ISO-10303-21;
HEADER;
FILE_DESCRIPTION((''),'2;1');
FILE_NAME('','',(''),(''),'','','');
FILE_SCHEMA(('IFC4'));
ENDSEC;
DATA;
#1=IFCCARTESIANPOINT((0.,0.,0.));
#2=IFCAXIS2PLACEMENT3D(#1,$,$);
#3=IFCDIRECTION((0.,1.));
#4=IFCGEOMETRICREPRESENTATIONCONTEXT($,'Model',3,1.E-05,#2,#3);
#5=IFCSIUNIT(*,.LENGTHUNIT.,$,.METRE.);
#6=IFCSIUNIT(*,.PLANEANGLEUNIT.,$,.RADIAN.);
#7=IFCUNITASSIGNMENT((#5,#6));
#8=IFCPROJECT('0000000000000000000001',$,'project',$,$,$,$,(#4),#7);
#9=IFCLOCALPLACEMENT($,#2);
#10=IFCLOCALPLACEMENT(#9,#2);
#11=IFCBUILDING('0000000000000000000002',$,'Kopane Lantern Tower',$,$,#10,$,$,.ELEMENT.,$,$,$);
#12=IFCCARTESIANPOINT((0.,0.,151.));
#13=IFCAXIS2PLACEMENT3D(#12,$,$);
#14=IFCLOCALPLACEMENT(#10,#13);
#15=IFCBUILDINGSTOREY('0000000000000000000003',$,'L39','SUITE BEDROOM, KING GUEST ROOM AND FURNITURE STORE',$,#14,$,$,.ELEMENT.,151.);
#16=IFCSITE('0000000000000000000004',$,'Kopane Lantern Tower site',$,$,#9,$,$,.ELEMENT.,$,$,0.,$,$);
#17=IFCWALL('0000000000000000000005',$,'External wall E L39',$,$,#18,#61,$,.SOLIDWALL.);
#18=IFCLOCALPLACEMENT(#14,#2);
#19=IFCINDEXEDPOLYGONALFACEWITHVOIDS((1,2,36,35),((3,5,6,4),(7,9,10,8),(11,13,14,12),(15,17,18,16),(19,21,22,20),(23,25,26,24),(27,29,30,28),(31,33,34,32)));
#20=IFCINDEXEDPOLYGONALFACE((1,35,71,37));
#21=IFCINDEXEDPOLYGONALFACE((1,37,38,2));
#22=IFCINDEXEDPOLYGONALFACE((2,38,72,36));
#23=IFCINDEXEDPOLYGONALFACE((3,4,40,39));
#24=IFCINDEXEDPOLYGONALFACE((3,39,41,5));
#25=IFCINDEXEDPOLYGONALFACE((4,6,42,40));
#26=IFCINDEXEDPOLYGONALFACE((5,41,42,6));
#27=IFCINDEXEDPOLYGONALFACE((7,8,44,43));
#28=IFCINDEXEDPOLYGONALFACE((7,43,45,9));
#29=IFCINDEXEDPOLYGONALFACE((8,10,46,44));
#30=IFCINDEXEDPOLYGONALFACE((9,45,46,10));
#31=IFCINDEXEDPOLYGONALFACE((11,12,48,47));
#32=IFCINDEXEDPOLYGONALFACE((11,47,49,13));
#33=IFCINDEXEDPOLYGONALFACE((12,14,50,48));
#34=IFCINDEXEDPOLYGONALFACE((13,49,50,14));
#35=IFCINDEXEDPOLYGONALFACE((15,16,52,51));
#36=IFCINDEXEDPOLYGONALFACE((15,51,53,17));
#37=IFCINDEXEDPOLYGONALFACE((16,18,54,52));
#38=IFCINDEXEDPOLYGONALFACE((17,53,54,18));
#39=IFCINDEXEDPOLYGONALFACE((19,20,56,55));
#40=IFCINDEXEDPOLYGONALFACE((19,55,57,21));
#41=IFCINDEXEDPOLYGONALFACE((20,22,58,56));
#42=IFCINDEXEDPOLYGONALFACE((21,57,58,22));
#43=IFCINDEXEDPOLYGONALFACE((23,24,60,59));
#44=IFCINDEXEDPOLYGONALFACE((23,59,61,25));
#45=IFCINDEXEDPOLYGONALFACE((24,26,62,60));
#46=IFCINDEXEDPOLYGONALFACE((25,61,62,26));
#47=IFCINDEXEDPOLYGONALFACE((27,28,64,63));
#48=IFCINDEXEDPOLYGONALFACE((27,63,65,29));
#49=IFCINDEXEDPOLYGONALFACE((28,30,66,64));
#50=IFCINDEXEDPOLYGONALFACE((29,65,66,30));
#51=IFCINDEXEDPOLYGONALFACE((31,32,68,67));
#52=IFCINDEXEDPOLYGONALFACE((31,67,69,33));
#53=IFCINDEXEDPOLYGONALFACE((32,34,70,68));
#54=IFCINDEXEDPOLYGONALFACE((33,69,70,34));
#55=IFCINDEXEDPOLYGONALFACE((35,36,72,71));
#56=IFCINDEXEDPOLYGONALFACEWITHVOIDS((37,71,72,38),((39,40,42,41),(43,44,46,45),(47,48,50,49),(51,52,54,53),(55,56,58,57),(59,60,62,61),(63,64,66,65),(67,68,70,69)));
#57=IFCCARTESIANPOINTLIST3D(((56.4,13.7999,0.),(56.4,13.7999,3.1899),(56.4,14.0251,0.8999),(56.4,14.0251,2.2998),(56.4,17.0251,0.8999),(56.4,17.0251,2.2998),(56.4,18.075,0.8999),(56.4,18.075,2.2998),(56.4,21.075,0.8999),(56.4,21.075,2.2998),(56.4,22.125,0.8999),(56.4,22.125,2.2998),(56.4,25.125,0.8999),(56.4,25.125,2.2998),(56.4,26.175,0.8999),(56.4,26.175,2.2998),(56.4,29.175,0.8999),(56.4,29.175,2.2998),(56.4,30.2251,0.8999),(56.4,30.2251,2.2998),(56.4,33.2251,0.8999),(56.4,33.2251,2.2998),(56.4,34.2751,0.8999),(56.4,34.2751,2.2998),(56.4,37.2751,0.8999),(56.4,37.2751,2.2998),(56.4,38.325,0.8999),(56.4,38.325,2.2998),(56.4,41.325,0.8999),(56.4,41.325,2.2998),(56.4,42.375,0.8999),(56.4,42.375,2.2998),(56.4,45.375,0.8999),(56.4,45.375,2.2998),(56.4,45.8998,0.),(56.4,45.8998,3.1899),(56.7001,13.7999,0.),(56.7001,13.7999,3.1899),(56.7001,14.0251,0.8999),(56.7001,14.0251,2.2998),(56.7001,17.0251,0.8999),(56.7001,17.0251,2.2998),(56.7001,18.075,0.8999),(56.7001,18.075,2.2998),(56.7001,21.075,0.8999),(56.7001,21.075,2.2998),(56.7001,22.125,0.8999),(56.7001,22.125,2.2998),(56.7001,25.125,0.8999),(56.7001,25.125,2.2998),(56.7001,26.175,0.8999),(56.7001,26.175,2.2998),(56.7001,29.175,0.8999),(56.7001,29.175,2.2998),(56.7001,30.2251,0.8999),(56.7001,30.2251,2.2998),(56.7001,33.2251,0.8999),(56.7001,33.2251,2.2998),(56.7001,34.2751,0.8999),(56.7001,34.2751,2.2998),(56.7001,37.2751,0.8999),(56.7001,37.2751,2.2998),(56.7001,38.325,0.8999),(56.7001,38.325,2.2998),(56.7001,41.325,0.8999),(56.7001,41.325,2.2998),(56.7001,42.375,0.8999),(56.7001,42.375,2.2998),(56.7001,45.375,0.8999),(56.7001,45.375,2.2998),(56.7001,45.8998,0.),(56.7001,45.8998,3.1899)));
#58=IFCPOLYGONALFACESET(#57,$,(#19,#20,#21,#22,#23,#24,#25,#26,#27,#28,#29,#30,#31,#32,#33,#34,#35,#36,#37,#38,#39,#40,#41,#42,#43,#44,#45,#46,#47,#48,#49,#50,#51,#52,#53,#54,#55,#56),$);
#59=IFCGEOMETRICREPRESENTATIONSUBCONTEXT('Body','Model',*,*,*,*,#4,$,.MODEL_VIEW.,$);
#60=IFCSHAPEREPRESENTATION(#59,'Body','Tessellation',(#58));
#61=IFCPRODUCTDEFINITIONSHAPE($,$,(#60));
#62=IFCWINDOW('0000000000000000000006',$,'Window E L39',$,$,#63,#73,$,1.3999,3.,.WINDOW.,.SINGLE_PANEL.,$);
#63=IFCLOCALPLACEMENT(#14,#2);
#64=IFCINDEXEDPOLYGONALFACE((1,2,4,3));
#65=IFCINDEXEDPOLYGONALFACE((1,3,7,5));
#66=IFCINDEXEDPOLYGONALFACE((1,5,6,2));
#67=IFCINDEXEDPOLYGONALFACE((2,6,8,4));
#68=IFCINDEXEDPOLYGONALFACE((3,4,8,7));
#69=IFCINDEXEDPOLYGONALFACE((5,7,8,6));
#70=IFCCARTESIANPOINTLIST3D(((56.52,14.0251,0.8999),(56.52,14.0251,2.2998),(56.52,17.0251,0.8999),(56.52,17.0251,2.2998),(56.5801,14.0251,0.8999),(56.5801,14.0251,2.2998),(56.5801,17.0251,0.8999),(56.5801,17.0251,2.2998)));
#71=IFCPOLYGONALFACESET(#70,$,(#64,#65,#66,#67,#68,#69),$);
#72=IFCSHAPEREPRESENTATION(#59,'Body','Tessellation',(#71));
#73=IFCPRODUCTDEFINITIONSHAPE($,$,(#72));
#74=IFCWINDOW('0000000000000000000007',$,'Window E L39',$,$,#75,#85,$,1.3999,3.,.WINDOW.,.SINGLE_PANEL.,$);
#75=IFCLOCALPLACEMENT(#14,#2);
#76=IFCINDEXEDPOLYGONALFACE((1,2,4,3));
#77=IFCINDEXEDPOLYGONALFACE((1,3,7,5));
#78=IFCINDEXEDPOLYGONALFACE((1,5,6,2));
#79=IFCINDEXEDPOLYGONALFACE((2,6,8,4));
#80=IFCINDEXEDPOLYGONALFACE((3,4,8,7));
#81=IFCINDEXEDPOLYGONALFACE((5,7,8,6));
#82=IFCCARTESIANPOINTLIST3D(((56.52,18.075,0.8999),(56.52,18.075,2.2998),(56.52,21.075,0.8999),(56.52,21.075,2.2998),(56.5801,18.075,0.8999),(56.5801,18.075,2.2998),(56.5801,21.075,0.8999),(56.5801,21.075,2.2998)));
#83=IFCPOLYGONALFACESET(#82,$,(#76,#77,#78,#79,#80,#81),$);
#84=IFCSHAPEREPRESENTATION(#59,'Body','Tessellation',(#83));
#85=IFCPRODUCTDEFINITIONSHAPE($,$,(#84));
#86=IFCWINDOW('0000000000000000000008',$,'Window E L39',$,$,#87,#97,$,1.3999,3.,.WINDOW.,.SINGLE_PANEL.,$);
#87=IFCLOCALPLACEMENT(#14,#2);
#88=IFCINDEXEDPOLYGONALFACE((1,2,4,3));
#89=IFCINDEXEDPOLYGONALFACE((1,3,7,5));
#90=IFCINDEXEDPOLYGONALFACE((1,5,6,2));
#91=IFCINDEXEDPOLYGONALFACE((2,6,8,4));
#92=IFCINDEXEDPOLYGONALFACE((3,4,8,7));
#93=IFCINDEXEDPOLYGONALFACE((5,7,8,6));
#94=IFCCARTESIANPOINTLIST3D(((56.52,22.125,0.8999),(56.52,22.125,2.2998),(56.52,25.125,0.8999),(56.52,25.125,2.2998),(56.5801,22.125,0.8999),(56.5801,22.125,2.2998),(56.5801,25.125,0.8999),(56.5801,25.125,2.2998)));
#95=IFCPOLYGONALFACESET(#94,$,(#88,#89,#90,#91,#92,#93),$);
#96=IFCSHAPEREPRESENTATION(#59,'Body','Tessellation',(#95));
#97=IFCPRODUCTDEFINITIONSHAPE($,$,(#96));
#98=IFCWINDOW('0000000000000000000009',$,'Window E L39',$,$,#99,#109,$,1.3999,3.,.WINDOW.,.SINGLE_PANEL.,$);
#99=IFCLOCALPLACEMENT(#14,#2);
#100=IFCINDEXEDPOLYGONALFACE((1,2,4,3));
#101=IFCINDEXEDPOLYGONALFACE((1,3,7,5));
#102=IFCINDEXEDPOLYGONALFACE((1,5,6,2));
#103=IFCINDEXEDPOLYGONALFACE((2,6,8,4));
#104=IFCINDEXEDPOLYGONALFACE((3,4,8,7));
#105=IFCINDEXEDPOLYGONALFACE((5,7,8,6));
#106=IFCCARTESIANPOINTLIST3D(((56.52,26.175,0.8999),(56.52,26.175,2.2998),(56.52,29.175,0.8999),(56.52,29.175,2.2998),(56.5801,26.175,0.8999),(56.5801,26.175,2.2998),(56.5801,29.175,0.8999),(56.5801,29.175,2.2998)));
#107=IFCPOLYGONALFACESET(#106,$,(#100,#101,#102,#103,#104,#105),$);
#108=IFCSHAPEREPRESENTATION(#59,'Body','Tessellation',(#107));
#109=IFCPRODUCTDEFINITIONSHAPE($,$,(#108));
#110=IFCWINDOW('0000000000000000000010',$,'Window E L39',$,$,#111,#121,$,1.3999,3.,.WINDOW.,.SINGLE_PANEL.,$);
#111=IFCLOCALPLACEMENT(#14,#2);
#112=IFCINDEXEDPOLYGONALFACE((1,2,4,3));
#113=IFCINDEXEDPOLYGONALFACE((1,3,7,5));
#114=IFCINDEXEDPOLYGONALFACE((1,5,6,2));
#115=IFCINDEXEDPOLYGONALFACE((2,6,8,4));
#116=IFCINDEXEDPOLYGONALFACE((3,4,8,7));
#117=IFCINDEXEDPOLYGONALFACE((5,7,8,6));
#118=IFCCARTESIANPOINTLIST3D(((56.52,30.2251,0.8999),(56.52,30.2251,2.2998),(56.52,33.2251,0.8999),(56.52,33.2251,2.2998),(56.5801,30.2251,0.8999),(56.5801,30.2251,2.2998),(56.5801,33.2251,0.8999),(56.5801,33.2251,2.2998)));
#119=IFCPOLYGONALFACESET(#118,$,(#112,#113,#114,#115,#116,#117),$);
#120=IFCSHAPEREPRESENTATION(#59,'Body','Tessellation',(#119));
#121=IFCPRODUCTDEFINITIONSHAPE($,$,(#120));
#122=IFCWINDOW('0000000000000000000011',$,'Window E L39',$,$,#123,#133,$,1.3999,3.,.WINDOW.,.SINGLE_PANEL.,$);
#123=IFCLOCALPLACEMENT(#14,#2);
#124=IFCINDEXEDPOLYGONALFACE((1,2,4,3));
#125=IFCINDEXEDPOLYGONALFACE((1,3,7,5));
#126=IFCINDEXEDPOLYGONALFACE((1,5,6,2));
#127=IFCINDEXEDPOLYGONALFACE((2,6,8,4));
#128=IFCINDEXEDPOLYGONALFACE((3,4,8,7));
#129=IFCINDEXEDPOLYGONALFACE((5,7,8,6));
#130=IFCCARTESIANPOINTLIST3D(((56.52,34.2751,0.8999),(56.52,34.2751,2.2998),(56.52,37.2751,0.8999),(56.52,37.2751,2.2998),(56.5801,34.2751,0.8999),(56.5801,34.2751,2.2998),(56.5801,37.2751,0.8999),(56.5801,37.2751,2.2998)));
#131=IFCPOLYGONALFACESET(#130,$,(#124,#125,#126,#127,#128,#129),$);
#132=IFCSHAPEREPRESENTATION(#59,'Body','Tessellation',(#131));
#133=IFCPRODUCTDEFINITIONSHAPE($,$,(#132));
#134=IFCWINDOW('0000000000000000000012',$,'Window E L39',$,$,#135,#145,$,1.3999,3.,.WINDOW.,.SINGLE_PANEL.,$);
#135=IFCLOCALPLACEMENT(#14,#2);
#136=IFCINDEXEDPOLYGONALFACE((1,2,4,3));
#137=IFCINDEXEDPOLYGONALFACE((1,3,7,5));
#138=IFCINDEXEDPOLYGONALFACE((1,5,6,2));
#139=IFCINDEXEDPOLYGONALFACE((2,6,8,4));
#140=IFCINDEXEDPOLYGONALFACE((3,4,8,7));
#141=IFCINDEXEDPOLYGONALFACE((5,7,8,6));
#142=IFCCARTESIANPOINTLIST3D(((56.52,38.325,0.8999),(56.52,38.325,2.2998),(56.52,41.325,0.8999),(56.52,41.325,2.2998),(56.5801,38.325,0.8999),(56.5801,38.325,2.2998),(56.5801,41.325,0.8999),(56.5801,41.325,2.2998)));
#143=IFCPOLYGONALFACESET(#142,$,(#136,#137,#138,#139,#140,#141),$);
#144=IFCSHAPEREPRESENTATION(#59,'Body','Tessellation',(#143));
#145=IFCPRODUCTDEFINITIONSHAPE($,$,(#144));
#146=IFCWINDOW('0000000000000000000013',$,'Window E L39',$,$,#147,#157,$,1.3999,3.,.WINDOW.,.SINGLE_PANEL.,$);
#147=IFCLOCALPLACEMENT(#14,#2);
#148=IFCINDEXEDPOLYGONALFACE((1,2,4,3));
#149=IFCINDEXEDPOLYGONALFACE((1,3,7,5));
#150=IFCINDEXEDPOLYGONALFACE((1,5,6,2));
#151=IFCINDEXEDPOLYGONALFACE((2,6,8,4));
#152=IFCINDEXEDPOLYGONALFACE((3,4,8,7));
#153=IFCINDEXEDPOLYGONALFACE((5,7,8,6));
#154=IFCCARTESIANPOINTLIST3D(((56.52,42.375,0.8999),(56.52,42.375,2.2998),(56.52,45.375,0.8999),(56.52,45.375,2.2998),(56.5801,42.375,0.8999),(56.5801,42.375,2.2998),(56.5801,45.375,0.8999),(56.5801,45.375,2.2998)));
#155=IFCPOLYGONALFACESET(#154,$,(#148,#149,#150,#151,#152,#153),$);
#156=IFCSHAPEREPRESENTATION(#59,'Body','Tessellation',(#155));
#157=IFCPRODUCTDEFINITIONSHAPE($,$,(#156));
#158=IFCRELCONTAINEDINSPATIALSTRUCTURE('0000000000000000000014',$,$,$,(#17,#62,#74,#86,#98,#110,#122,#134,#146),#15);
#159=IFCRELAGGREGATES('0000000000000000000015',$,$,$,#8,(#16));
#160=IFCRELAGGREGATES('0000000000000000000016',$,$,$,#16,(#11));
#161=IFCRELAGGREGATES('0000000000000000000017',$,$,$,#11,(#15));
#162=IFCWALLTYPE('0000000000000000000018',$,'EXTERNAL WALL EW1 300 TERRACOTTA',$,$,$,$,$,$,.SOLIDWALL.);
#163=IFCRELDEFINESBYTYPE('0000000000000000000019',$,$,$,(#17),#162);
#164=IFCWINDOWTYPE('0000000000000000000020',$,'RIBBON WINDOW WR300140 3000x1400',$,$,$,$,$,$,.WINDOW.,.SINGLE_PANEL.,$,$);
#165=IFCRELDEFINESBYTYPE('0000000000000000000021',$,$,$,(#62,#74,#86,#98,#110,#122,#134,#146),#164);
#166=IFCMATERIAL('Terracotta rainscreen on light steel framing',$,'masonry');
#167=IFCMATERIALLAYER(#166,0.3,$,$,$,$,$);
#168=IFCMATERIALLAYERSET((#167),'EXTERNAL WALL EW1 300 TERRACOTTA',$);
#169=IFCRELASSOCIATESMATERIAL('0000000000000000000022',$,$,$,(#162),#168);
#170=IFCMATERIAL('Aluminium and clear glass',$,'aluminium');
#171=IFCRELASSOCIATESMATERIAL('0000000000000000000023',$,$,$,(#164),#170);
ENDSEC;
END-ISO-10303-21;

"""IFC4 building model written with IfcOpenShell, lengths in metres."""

from ifc_helpers import new_model, si_unit, direction, frame, frame_2d, origin, place, context, subcontext, project, spatial, rectangle, extrude, material, layer, layer_set, type_object, element, fill, save


model = new_model("IFC4")

# Units and contexts
model_context = context("Model", 3, precision=1e-05, world=origin(), true_north=direction((0.0, 1.0)))
body_context = subcontext(model_context, "Body", "Model", "MODEL_VIEW")
ifc_project = project(units=[si_unit("LENGTHUNIT", "METRE"), si_unit("PLANEANGLEUNIT", "RADIAN")], contexts=[model_context])

# Site, building, storey
site_placement = place(None, origin())
site = spatial("IfcSite", under=ifc_project, at=site_placement, Name="Kopane Lantern Tower site", CompositionType="ELEMENT", RefElevation=0.0)
building_placement = place(site_placement, origin())
building = spatial("IfcBuilding", under=site, at=building_placement, Name="Kopane Lantern Tower", CompositionType="ELEMENT")
storey_placement = place(building_placement, frame((0.0, 0.0, 151.0)))
storey = spatial("IfcBuildingStorey", under=building, at=storey_placement, Name="L39", Description="SUITE BEDROOM, KING GUEST ROOM AND FURNITURE STORE", CompositionType="ELEMENT", Elevation=151.0)

# Shared definitions
ifc_material_1 = material(Name="Terracotta rainscreen on light steel framing", Category="masonry")
ifc_layer_1 = layer(ifc_material_1, 0.3)
ifc_layer_set_1 = layer_set([ifc_layer_1], Name="EXTERNAL WALL EW1 300 TERRACOTTA")
wall_type_1 = type_object("IfcWallType", Name="EXTERNAL WALL EW1 300 TERRACOTTA", PredefinedType="SOLIDWALL", material=ifc_layer_set_1)
ifc_material_2 = material(Name="Aluminium and clear glass", Category="aluminium")
window_type = type_object("IfcWindowType", Name="RIBBON WINDOW WR300140 3000x1400", PartitioningType="SINGLE_PANEL", PredefinedType="WINDOW", material=ifc_material_2)

# Wall, openings, windows
wall_1_placement = place(storey_placement, frame((56.55, 13.8, 0.0), z_axis=(0.0, 0.0, 1.0), x_axis=(0.0, 1.0, 0.0)))
wall_1 = element("IfcWall", 1, at=wall_1_placement, inside=storey, type_object=wall_type_1, Name="External wall E L39", PredefinedType="SOLIDWALL", context=body_context, shape_type="SweptSolid", body=[
    extrude(rectangle(XDim=32.0999, YDim=0.3, at=frame_2d((16.0498, 0.0))), origin(), (0.0, 0.0, 1.0), 3.1899),
])
opening_1_placement = place(wall_1_placement, frame((0.2251, 0.0, 0.8999)))
opening_1 = element("IfcOpeningElement", 2, at=opening_1_placement, cuts=wall_1, PredefinedType="OPENING", context=body_context, shape_type="SweptSolid", body=[
    extrude(rectangle(XDim=3.0, YDim=1.3999, at=frame_2d((1.5, 0.7))), frame((0.0, 0.1599, 0.0), z_axis=(0.0, -1.0, 0.0), x_axis=(1.0, 0.0, 0.0)), (0.0, 0.0, 1.0), 0.3201),
])
opening_2_placement = place(wall_1_placement, frame((4.2749, 0.0, 0.8999)))
opening_2 = element("IfcOpeningElement", 3, at=opening_2_placement, cuts=wall_1, PredefinedType="OPENING", context=body_context, shape_type="SweptSolid", body=[
    extrude(rectangle(XDim=3.0, YDim=1.3999, at=frame_2d((1.5, 0.7))), frame((0.0, 0.1599, 0.0), z_axis=(0.0, -1.0, 0.0), x_axis=(1.0, 0.0, 0.0)), (0.0, 0.0, 1.0), 0.3201),
])
opening_3_placement = place(wall_1_placement, frame((8.325, 0.0, 0.8999)))
opening_3 = element("IfcOpeningElement", 4, at=opening_3_placement, cuts=wall_1, PredefinedType="OPENING", context=body_context, shape_type="SweptSolid", body=[
    extrude(rectangle(XDim=3.0, YDim=1.3999, at=frame_2d((1.5, 0.7))), frame((0.0, 0.1599, 0.0), z_axis=(0.0, -1.0, 0.0), x_axis=(1.0, 0.0, 0.0)), (0.0, 0.0, 1.0), 0.3201),
])
opening_4_placement = place(wall_1_placement, frame((12.375, 0.0, 0.8999)))
opening_4 = element("IfcOpeningElement", 5, at=opening_4_placement, cuts=wall_1, PredefinedType="OPENING", context=body_context, shape_type="SweptSolid", body=[
    extrude(rectangle(XDim=3.0, YDim=1.3999, at=frame_2d((1.5, 0.7))), frame((0.0, 0.1599, 0.0), z_axis=(0.0, -1.0, 0.0), x_axis=(1.0, 0.0, 0.0)), (0.0, 0.0, 1.0), 0.3201),
])
opening_5_placement = place(wall_1_placement, frame((16.425, 0.0, 0.8999)))
opening_5 = element("IfcOpeningElement", 6, at=opening_5_placement, cuts=wall_1, PredefinedType="OPENING", context=body_context, shape_type="SweptSolid", body=[
    extrude(rectangle(XDim=3.0, YDim=1.3999, at=frame_2d((1.5, 0.7))), frame((0.0, 0.1599, 0.0), z_axis=(0.0, -1.0, 0.0), x_axis=(1.0, 0.0, 0.0)), (0.0, 0.0, 1.0), 0.3201),
])
opening_6_placement = place(wall_1_placement, frame((20.4751, 0.0, 0.8999)))
opening_6 = element("IfcOpeningElement", 7, at=opening_6_placement, cuts=wall_1, PredefinedType="OPENING", context=body_context, shape_type="SweptSolid", body=[
    extrude(rectangle(XDim=3.0, YDim=1.3999, at=frame_2d((1.5, 0.7))), frame((0.0, 0.1599, 0.0), z_axis=(0.0, -1.0, 0.0), x_axis=(1.0, 0.0, 0.0)), (0.0, 0.0, 1.0), 0.3201),
])
opening_7_placement = place(wall_1_placement, frame((24.5249, 0.0, 0.8999)))
opening_7 = element("IfcOpeningElement", 8, at=opening_7_placement, cuts=wall_1, PredefinedType="OPENING", context=body_context, shape_type="SweptSolid", body=[
    extrude(rectangle(XDim=3.0, YDim=1.3999, at=frame_2d((1.5, 0.7))), frame((0.0, 0.1599, 0.0), z_axis=(0.0, -1.0, 0.0), x_axis=(1.0, 0.0, 0.0)), (0.0, 0.0, 1.0), 0.3201),
])
opening_8_placement = place(wall_1_placement, frame((28.575, 0.0, 0.8999)))
opening_8 = element("IfcOpeningElement", 9, at=opening_8_placement, cuts=wall_1, PredefinedType="OPENING", context=body_context, shape_type="SweptSolid", body=[
    extrude(rectangle(XDim=3.0, YDim=1.3999, at=frame_2d((1.5, 0.7))), frame((0.0, 0.1599, 0.0), z_axis=(0.0, -1.0, 0.0), x_axis=(1.0, 0.0, 0.0)), (0.0, 0.0, 1.0), 0.3201),
])
window_1_placement = place(opening_1_placement, origin())
window_1 = element("IfcWindow", 10, at=window_1_placement, inside=storey, type_object=window_type, Name="Window E L39", OverallHeight=1.3999, OverallWidth=3.0, PartitioningType="SINGLE_PANEL", PredefinedType="WINDOW", context=body_context, shape_type="SweptSolid", body=[
    extrude(rectangle(XDim=3.0, YDim=1.3999, at=frame_2d((1.5, 0.7))), frame((0.0, 0.03, 0.0), z_axis=(0.0, -1.0, 0.0), x_axis=(1.0, 0.0, 0.0)), (0.0, 0.0, 1.0), 0.0601),
])
fill(opening_1, window_1)
window_2_placement = place(opening_2_placement, origin())
window_2 = element("IfcWindow", 11, at=window_2_placement, inside=storey, type_object=window_type, Name="Window E L39", OverallHeight=1.3999, OverallWidth=3.0, PartitioningType="SINGLE_PANEL", PredefinedType="WINDOW", context=body_context, shape_type="SweptSolid", body=[
    extrude(rectangle(XDim=3.0, YDim=1.3999, at=frame_2d((1.5, 0.7))), frame((0.0, 0.03, 0.0), z_axis=(0.0, -1.0, 0.0), x_axis=(1.0, 0.0, 0.0)), (0.0, 0.0, 1.0), 0.0601),
])
fill(opening_2, window_2)
window_3_placement = place(opening_3_placement, origin())
window_3 = element("IfcWindow", 12, at=window_3_placement, inside=storey, type_object=window_type, Name="Window E L39", OverallHeight=1.3999, OverallWidth=3.0, PartitioningType="SINGLE_PANEL", PredefinedType="WINDOW", context=body_context, shape_type="SweptSolid", body=[
    extrude(rectangle(XDim=3.0, YDim=1.3999, at=frame_2d((1.5, 0.7))), frame((0.0, 0.03, 0.0), z_axis=(0.0, -1.0, 0.0), x_axis=(1.0, 0.0, 0.0)), (0.0, 0.0, 1.0), 0.0601),
])
fill(opening_3, window_3)
window_4_placement = place(opening_4_placement, origin())
window_4 = element("IfcWindow", 13, at=window_4_placement, inside=storey, type_object=window_type, Name="Window E L39", OverallHeight=1.3999, OverallWidth=3.0, PartitioningType="SINGLE_PANEL", PredefinedType="WINDOW", context=body_context, shape_type="SweptSolid", body=[
    extrude(rectangle(XDim=3.0, YDim=1.3999, at=frame_2d((1.5, 0.7))), frame((0.0, 0.03, 0.0), z_axis=(0.0, -1.0, 0.0), x_axis=(1.0, 0.0, 0.0)), (0.0, 0.0, 1.0), 0.0601),
])
fill(opening_4, window_4)
window_5_placement = place(opening_5_placement, origin())
window_5 = element("IfcWindow", 14, at=window_5_placement, inside=storey, type_object=window_type, Name="Window E L39", OverallHeight=1.3999, OverallWidth=3.0, PartitioningType="SINGLE_PANEL", PredefinedType="WINDOW", context=body_context, shape_type="SweptSolid", body=[
    extrude(rectangle(XDim=3.0, YDim=1.3999, at=frame_2d((1.5, 0.7))), frame((0.0, 0.03, 0.0), z_axis=(0.0, -1.0, 0.0), x_axis=(1.0, 0.0, 0.0)), (0.0, 0.0, 1.0), 0.0601),
])
fill(opening_5, window_5)
window_6_placement = place(opening_6_placement, origin())
window_6 = element("IfcWindow", 15, at=window_6_placement, inside=storey, type_object=window_type, Name="Window E L39", OverallHeight=1.3999, OverallWidth=3.0, PartitioningType="SINGLE_PANEL", PredefinedType="WINDOW", context=body_context, shape_type="SweptSolid", body=[
    extrude(rectangle(XDim=3.0, YDim=1.3999, at=frame_2d((1.5, 0.7))), frame((0.0, 0.03, 0.0), z_axis=(0.0, -1.0, 0.0), x_axis=(1.0, 0.0, 0.0)), (0.0, 0.0, 1.0), 0.0601),
])
fill(opening_6, window_6)
window_7_placement = place(opening_7_placement, origin())
window_7 = element("IfcWindow", 16, at=window_7_placement, inside=storey, type_object=window_type, Name="Window E L39", OverallHeight=1.3999, OverallWidth=3.0, PartitioningType="SINGLE_PANEL", PredefinedType="WINDOW", context=body_context, shape_type="SweptSolid", body=[
    extrude(rectangle(XDim=3.0, YDim=1.3999, at=frame_2d((1.5, 0.7))), frame((0.0, 0.03, 0.0), z_axis=(0.0, -1.0, 0.0), x_axis=(1.0, 0.0, 0.0)), (0.0, 0.0, 1.0), 0.0601),
])
fill(opening_7, window_7)
window_8_placement = place(opening_8_placement, origin())
window_8 = element("IfcWindow", 17, at=window_8_placement, inside=storey, type_object=window_type, Name="Window E L39", OverallHeight=1.3999, OverallWidth=3.0, PartitioningType="SINGLE_PANEL", PredefinedType="WINDOW", context=body_context, shape_type="SweptSolid", body=[
    extrude(rectangle(XDim=3.0, YDim=1.3999, at=frame_2d((1.5, 0.7))), frame((0.0, 0.03, 0.0), z_axis=(0.0, -1.0, 0.0), x_axis=(1.0, 0.0, 0.0)), (0.0, 0.0, 1.0), 0.0601),
])
fill(opening_8, window_8)

save(model, "model.ifc")
